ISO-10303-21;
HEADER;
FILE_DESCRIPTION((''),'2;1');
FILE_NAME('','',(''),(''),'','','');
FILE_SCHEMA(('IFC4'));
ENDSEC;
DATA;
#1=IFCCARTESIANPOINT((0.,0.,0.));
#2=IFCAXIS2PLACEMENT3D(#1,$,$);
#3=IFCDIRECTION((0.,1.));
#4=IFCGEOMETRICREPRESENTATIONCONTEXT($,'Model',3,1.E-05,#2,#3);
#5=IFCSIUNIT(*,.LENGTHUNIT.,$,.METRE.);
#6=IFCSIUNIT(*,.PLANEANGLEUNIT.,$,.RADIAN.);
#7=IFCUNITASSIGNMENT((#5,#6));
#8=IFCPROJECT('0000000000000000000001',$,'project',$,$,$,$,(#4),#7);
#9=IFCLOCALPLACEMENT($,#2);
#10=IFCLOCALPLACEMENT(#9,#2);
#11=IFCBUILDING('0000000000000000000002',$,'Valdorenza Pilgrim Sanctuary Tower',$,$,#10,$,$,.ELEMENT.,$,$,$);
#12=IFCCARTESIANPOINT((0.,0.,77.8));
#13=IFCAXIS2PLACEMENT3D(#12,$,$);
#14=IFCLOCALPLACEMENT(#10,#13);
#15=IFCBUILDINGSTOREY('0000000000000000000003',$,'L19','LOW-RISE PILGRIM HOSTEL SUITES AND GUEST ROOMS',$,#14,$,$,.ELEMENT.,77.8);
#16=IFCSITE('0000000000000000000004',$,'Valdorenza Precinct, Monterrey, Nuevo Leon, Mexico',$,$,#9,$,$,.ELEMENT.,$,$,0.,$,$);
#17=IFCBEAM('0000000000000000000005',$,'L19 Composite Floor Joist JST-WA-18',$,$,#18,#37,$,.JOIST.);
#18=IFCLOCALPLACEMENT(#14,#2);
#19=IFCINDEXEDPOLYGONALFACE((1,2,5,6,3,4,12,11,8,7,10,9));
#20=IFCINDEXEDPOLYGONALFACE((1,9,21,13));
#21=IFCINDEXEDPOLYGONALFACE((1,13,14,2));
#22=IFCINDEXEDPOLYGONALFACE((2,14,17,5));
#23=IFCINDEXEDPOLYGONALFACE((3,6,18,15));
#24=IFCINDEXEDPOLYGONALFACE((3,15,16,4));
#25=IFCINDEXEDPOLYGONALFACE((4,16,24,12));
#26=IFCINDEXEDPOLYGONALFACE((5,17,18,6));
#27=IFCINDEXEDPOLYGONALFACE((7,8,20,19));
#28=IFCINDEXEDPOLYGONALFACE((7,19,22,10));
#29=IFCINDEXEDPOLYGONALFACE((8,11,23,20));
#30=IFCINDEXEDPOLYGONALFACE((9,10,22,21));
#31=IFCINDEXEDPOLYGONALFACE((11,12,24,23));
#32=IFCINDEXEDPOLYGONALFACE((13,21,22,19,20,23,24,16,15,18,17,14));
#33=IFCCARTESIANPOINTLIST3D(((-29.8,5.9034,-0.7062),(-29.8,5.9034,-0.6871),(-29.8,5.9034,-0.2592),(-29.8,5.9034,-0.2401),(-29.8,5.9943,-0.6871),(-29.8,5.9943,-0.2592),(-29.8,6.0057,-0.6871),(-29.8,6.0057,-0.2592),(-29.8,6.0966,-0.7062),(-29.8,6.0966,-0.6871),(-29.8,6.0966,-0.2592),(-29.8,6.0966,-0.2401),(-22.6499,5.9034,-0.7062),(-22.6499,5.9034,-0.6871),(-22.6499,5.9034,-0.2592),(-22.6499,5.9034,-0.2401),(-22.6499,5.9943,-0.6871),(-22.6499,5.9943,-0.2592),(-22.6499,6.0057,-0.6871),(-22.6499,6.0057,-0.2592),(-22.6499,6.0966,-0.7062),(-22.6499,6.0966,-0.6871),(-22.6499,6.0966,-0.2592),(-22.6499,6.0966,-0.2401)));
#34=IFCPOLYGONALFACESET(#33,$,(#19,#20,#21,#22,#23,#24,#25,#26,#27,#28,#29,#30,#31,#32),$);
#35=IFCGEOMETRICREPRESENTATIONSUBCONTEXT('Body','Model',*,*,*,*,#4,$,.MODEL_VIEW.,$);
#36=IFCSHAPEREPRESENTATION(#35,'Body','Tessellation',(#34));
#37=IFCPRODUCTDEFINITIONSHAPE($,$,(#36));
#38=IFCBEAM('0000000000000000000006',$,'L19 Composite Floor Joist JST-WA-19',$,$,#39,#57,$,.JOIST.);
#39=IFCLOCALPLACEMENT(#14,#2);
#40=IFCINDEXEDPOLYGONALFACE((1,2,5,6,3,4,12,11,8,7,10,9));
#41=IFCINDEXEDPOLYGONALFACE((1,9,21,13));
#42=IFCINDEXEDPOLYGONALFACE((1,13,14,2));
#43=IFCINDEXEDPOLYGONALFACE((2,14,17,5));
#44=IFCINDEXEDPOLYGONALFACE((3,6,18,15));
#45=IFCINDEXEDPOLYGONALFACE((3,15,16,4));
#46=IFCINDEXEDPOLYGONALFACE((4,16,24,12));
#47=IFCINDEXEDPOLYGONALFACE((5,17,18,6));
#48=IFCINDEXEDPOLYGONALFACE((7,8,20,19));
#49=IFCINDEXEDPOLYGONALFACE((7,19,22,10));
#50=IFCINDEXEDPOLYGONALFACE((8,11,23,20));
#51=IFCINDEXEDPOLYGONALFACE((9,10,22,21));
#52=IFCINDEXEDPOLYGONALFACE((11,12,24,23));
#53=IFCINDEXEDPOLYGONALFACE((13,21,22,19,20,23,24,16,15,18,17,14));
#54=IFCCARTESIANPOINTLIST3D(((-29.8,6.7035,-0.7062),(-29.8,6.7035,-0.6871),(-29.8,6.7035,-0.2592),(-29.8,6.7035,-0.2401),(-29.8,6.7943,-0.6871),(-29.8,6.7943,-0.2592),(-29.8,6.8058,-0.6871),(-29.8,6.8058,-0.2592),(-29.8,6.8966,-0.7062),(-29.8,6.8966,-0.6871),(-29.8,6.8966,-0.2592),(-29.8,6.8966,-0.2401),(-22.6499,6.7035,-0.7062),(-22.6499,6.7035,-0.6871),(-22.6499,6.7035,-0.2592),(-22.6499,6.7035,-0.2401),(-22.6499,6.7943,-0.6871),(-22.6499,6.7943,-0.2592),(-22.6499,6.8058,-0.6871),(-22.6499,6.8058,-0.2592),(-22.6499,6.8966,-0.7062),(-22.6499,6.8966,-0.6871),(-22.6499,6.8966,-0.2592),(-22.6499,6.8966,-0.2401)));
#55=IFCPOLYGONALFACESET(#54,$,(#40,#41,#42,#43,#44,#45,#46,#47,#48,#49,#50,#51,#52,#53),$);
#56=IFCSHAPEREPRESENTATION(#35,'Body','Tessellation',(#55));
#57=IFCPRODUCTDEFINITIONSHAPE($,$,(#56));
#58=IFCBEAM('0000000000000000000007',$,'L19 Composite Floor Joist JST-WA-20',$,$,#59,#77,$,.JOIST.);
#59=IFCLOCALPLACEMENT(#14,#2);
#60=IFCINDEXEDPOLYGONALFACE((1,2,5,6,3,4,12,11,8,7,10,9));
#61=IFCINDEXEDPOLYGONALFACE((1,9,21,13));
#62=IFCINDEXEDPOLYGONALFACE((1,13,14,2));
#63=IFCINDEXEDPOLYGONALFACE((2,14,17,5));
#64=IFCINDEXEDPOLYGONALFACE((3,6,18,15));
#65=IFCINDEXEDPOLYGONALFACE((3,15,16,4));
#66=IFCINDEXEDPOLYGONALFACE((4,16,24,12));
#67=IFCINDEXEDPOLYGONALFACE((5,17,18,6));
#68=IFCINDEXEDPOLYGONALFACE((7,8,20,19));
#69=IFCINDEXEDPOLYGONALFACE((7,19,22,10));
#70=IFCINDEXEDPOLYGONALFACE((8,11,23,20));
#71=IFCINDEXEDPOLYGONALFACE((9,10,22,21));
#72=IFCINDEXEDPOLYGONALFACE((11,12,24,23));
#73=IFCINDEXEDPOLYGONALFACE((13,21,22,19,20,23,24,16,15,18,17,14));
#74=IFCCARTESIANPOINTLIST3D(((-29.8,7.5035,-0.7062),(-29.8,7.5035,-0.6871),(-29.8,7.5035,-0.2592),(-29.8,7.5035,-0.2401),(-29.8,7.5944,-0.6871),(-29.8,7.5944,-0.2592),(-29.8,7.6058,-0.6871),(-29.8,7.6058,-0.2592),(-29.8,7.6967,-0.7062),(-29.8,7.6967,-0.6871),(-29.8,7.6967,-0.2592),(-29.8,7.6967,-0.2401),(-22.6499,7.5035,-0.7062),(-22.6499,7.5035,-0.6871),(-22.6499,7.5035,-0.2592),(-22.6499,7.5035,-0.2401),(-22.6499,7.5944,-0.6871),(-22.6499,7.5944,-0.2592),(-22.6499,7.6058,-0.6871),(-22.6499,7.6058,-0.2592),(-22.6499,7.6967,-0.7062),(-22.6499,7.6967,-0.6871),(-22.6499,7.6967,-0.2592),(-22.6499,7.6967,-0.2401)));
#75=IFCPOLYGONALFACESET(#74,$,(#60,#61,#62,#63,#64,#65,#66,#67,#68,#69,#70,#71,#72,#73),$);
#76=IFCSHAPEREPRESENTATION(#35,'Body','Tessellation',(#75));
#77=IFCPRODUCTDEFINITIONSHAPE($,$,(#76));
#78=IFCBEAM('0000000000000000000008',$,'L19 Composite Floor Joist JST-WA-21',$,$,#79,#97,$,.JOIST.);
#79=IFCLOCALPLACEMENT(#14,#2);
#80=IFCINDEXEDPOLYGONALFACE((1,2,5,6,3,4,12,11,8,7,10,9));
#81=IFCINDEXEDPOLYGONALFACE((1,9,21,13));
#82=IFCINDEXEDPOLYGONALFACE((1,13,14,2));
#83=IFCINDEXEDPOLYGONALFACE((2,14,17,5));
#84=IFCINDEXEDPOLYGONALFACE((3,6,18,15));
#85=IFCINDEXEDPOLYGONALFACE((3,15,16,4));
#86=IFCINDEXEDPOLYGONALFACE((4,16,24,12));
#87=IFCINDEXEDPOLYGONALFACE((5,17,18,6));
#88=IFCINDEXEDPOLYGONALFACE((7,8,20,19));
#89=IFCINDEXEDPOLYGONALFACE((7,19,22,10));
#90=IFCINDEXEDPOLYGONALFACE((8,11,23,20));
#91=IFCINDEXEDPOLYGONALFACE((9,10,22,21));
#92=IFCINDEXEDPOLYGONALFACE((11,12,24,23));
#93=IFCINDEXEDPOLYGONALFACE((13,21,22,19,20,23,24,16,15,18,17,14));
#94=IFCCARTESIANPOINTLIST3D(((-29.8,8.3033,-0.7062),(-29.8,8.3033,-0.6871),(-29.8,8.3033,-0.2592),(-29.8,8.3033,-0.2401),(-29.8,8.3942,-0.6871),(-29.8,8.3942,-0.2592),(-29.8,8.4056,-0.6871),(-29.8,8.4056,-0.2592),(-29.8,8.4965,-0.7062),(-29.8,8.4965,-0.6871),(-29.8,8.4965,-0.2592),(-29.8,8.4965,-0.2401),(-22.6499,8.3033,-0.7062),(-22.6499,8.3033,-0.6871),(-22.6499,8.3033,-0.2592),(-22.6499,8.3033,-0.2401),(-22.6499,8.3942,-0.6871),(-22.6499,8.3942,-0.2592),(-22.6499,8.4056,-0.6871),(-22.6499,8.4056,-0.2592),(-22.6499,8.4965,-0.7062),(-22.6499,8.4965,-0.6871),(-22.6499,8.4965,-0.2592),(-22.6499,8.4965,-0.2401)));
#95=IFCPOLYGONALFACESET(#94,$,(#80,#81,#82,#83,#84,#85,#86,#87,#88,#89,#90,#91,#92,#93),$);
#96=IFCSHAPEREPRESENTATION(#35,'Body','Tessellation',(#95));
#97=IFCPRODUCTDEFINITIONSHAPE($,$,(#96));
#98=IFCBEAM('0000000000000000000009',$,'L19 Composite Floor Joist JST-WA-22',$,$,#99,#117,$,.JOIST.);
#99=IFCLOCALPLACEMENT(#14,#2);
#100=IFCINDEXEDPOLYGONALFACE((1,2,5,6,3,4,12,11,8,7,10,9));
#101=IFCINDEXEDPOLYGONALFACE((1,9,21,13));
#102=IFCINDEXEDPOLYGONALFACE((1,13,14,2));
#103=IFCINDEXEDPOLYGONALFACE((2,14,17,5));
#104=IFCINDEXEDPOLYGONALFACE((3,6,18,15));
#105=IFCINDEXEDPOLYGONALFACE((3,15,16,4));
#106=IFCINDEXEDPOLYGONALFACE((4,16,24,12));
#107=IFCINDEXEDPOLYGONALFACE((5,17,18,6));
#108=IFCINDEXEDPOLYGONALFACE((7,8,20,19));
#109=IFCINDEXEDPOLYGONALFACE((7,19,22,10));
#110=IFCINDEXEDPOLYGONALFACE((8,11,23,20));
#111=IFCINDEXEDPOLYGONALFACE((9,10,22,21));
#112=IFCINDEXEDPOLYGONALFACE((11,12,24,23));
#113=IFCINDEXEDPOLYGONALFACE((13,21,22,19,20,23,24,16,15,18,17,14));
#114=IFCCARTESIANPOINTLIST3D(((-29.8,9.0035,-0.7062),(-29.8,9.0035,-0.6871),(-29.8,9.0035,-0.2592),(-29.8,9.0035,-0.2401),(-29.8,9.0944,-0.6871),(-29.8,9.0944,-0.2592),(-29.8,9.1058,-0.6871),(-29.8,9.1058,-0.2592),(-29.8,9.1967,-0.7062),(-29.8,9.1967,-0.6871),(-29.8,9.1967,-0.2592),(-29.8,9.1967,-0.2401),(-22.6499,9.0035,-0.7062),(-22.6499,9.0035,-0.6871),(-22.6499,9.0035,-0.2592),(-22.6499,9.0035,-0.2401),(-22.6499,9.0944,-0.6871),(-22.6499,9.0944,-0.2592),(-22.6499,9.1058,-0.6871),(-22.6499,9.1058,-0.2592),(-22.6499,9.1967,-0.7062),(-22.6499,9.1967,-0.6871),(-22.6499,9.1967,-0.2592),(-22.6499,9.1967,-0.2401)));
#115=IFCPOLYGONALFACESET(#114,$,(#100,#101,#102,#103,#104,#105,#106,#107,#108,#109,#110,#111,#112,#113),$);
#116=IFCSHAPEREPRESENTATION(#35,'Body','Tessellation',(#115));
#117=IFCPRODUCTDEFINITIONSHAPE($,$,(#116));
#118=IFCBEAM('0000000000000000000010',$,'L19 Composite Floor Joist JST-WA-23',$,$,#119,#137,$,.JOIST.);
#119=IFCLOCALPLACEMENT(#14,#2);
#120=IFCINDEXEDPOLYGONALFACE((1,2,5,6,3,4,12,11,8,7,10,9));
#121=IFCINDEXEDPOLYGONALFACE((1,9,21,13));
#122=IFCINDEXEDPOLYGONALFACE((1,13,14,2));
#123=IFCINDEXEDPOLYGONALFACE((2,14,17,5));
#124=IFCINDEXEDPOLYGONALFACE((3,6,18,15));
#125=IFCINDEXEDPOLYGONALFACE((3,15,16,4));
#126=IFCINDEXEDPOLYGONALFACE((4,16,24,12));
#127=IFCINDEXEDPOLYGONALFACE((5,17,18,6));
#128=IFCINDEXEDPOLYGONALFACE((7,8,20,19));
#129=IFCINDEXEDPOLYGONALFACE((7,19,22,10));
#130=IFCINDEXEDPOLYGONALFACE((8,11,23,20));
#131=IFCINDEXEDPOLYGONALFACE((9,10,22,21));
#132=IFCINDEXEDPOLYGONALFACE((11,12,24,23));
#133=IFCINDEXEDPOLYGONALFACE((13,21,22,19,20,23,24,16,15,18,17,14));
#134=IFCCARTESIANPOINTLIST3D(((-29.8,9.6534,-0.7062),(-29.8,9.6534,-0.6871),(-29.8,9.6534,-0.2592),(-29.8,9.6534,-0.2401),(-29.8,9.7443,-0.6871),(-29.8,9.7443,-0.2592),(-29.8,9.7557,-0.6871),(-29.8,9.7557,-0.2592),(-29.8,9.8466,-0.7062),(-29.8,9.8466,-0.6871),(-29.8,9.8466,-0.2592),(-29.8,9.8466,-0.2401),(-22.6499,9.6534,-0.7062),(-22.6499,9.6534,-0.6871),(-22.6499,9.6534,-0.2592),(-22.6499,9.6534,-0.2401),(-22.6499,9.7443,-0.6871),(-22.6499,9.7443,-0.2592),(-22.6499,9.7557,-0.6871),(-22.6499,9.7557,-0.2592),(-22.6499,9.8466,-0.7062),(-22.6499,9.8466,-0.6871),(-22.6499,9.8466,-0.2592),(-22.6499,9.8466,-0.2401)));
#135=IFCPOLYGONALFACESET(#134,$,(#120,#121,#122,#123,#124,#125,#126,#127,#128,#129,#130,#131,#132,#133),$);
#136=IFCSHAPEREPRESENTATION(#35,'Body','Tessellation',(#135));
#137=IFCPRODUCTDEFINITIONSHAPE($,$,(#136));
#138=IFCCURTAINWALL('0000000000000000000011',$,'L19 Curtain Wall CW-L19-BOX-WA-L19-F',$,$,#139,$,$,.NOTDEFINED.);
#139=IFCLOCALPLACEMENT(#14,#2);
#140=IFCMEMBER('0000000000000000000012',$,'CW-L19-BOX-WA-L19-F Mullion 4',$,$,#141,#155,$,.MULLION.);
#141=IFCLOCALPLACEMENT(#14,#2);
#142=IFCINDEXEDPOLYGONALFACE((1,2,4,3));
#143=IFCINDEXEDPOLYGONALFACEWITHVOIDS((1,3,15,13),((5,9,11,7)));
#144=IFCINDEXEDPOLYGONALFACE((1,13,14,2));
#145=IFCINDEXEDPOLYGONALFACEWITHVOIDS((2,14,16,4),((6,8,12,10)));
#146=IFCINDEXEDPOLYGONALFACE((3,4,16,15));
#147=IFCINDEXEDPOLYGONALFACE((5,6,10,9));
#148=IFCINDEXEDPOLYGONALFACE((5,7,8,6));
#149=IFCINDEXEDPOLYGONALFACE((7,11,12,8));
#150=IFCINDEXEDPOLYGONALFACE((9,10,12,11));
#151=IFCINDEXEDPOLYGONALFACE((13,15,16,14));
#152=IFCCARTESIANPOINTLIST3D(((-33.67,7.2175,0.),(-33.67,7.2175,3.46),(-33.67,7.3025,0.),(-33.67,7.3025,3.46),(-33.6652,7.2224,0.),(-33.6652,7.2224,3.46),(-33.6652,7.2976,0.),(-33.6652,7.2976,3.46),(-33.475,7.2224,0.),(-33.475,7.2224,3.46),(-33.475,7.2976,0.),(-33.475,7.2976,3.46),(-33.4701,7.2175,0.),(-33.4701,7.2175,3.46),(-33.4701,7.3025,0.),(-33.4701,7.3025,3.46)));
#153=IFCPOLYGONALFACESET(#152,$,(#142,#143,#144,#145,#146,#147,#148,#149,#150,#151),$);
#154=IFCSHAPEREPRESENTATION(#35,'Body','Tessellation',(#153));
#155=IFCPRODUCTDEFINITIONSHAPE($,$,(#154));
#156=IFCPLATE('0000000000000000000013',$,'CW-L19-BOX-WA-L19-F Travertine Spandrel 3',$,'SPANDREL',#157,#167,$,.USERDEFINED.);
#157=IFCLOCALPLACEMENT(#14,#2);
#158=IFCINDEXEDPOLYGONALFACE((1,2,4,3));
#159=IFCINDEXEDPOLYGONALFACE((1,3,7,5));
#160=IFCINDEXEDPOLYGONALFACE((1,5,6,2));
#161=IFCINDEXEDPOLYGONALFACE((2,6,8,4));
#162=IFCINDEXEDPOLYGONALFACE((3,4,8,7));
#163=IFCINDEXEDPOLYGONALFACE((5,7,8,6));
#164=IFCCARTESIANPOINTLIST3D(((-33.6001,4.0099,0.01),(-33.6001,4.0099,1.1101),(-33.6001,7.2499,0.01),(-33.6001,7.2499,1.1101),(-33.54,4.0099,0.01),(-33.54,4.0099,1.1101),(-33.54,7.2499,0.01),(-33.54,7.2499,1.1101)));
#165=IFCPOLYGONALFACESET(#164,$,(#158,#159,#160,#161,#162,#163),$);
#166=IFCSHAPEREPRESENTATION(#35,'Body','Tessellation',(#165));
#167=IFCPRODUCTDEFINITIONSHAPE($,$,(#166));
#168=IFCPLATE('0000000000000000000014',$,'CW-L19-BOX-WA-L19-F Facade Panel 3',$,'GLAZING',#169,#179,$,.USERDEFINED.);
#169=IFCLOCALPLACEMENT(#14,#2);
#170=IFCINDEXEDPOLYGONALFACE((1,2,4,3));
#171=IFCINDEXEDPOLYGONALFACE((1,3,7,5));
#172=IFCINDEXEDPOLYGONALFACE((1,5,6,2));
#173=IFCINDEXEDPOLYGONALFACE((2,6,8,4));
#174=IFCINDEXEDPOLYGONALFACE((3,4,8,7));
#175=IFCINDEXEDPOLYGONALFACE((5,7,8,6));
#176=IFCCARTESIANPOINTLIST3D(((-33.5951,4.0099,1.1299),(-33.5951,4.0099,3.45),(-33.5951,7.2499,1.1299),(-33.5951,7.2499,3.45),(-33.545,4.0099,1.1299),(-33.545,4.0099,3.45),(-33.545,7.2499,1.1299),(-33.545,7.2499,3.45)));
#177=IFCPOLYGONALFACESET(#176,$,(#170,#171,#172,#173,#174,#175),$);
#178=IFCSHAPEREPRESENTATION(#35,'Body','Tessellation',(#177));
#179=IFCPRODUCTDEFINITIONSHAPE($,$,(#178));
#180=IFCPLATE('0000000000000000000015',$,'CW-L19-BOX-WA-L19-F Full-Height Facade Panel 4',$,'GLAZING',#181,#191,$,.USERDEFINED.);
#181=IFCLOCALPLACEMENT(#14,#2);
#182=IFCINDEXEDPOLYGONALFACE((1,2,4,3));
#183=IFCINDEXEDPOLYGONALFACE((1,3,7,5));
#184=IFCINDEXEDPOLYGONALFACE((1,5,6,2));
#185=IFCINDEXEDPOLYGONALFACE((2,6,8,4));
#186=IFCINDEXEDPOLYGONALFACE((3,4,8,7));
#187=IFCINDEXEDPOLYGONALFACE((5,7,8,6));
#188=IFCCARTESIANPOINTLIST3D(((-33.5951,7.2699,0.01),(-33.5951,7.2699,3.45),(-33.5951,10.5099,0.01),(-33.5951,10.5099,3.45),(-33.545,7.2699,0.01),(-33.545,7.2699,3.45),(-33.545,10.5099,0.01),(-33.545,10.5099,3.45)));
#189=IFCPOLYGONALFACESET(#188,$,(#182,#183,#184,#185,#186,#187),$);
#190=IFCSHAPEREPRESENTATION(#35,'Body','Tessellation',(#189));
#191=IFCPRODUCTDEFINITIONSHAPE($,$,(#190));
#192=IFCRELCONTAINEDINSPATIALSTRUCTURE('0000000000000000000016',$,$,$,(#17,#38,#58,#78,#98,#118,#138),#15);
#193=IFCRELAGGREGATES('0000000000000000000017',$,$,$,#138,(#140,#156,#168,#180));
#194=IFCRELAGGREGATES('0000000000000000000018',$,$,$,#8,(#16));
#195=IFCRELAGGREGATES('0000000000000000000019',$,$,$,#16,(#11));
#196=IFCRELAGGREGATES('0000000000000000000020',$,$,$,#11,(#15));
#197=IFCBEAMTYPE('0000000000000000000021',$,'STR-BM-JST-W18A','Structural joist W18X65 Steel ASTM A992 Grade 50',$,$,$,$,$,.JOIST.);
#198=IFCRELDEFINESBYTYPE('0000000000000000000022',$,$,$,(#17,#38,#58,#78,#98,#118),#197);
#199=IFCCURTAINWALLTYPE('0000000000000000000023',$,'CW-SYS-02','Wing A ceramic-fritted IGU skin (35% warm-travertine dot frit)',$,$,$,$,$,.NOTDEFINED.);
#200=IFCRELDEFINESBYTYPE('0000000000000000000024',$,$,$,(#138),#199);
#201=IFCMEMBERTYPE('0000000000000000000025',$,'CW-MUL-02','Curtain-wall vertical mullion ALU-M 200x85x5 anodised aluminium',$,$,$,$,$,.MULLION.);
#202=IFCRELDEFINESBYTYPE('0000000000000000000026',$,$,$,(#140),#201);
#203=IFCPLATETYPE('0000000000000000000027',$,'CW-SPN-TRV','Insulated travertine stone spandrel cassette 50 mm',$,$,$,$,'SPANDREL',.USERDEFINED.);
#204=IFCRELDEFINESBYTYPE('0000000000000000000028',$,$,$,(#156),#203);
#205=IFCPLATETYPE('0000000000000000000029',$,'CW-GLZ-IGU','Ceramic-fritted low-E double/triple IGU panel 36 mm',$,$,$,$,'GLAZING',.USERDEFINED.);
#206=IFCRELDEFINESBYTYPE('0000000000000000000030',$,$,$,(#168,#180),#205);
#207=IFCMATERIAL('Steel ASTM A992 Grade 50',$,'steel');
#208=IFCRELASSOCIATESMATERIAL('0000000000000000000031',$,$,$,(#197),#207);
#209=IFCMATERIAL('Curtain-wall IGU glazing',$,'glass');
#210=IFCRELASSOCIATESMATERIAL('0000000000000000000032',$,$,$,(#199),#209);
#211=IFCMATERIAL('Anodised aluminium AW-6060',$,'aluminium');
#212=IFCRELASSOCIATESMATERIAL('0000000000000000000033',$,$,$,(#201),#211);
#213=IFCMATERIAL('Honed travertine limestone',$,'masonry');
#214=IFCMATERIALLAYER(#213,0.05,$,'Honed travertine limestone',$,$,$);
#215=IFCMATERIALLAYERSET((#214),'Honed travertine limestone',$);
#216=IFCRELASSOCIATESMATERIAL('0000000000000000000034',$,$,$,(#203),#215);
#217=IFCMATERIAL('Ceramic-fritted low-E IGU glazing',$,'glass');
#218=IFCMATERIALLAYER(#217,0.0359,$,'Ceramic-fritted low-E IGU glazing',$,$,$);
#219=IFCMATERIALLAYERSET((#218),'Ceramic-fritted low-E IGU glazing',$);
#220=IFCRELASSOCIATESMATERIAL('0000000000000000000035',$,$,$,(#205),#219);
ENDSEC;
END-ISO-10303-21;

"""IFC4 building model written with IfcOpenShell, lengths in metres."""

from ifc_helpers import new_model, si_unit, direction, frame, origin, origin_2d, place, context, subcontext, project, spatial, rectangle, hollow_rectangle, i_section, extrude, source, transform, mapped, material, layer, layer_set, material_profile, profile_set, type_object, element, aggregate, save


model = new_model("IFC4")

# Units and contexts
model_context = context("Model", 3, precision=1e-05, world=origin(), true_north=direction((0.0, 1.0)))
body_context = subcontext(model_context, "Body", "Model", "MODEL_VIEW")
ifc_project = project(units=[si_unit("LENGTHUNIT", "METRE"), si_unit("PLANEANGLEUNIT", "RADIAN")], contexts=[model_context])

# Site, building, storey
site_placement = place(None, origin())
site = spatial("IfcSite", under=ifc_project, at=site_placement, Name="Valdorenza Precinct, Monterrey, Nuevo Leon, Mexico", CompositionType="ELEMENT", RefElevation=0.0)
building_placement = place(site_placement, origin())
building = spatial("IfcBuilding", under=site, at=building_placement, Name="Valdorenza Pilgrim Sanctuary Tower", CompositionType="ELEMENT")
storey_placement = place(building_placement, frame((0.0, 0.0, 77.8)))
storey = spatial("IfcBuildingStorey", under=building, at=storey_placement, Name="L19", Description="LOW-RISE PILGRIM HOSTEL SUITES AND GUEST ROOMS", CompositionType="ELEMENT", Elevation=77.8)

# Beams
ifc_material_1 = material(Name="Steel ASTM A992 Grade 50", Category="steel")
ifc_material_profile_1 = material_profile(ifc_material_1, i_section(OverallWidth=0.1931, OverallDepth=0.4661, WebThickness=0.0115, FlangeThickness=0.019, at=origin_2d()), Name="W18X65")
ifc_profile_set_1 = profile_set([ifc_material_profile_1], Name="Steel ASTM A992 Grade 50")
beam_type = type_object("IfcBeamType", Name="STR-BM-JST-W18A", Description="Structural joist W18X65 Steel ASTM A992 Grade 50", PredefinedType="JOIST", material=ifc_profile_set_1)
shared_shape_1 = source(origin(), body_context, "Body", "SweptSolid", [
    extrude(i_section(OverallWidth=0.1931, OverallDepth=0.4661, WebThickness=0.0115, FlangeThickness=0.019, at=origin_2d()), origin(), (0.0, 0.0, 1.0), 7.1501),
])
for number, where, z_axis, x_axis, name in (
    (1, (-29.8, 6.0, -0.4731), (1.0, 0.0, 0.0), (0.0, 1.0, 0.0), "L19 Composite Floor Joist JST-WA-18"),
    (2, (-29.8, 6.8, -0.4731), (1.0, 0.0, 0.0), (0.0, 1.0, 0.0), "L19 Composite Floor Joist JST-WA-19"),
    (3, (-29.8, 7.6001, -0.4731), (1.0, 0.0, 0.0), (0.0, 1.0, 0.0), "L19 Composite Floor Joist JST-WA-20"),
    (4, (-29.8, 8.3999, -0.4731), (1.0, 0.0, 0.0), (0.0, 1.0, 0.0), "L19 Composite Floor Joist JST-WA-21"),
    (5, (-29.8, 9.1001, -0.4731), (1.0, 0.0, 0.0), (0.0, 1.0, 0.0), "L19 Composite Floor Joist JST-WA-22"),
    (6, (-29.8, 9.75, -0.4731), (1.0, 0.0, 0.0), (0.0, 1.0, 0.0), "L19 Composite Floor Joist JST-WA-23"),
):
    element("IfcBeam", number, at=place(storey_placement, frame(where, z_axis=z_axis, x_axis=x_axis)), inside=storey, type_object=beam_type, Name=name, PredefinedType="JOIST", context=body_context, shape_type="MappedRepresentation", body=[
        mapped(shared_shape_1, transform((0.0, 0.0, 0.0), x_axis=(1.0, 0.0, 0.0), y_axis=(0.0, 1.0, 0.0), z_axis=(0.0, 0.0, 1.0), scale=1.0)),
    ])

# Curtain wall, member, plates
ifc_material_2 = material(Name="Curtain-wall IGU glazing", Category="glass")
curtain_wall_type = type_object("IfcCurtainWallType", Name="CW-SYS-02", Description="Wing A ceramic-fritted IGU skin (35% warm-travertine dot frit)", PredefinedType="NOTDEFINED", material=ifc_material_2)
curtain_wall_placement = place(storey_placement, origin())
curtain_wall = element("IfcCurtainWall", 7, at=curtain_wall_placement, inside=storey, type_object=curtain_wall_type, Name="L19 Curtain Wall CW-L19-BOX-WA-L19-F", PredefinedType="NOTDEFINED")
ifc_material_3 = material(Name="Anodised aluminium AW-6060", Category="aluminium")
ifc_material_profile_2 = material_profile(ifc_material_3, hollow_rectangle(XDim=0.085, YDim=0.2, WallThickness=0.0049, at=origin_2d()), Name="ALU-M 200x85x5")
ifc_profile_set_2 = profile_set([ifc_material_profile_2], Name="Anodised aluminium AW-6060")
member_type = type_object("IfcMemberType", Name="CW-MUL-02", Description="Curtain-wall vertical mullion ALU-M 200x85x5 anodised aluminium", PredefinedType="MULLION", material=ifc_profile_set_2)
shared_shape_2 = source(origin(), body_context, "Body", "SweptSolid", [
    extrude(hollow_rectangle(XDim=0.085, YDim=0.2, WallThickness=0.0049, at=origin_2d()), origin(), (0.0, 0.0, 1.0), 3.46),
])
member_placement = place(storey_placement, frame((-33.5701, 7.26, 0.0), z_axis=(0.0, 0.0, 1.0), x_axis=(0.0, 1.0, 0.0)))
member = element("IfcMember", 8, at=member_placement, type_object=member_type, Name="CW-L19-BOX-WA-L19-F Mullion 4", PredefinedType="MULLION", context=body_context, shape_type="MappedRepresentation", body=[
    mapped(shared_shape_2, transform((0.0, 0.0, 0.0), x_axis=(1.0, 0.0, 0.0), y_axis=(0.0, 1.0, 0.0), z_axis=(0.0, 0.0, 1.0), scale=1.0)),
])
ifc_material_4 = material(Name="Honed travertine limestone", Category="masonry")
ifc_layer_1 = layer(ifc_material_4, 0.05, Name="Honed travertine limestone")
ifc_layer_set_1 = layer_set([ifc_layer_1], Name="Honed travertine limestone")
plate_type_1 = type_object("IfcPlateType", Name="CW-SPN-TRV", Description="Insulated travertine stone spandrel cassette 50 mm", ElementType="SPANDREL", PredefinedType="USERDEFINED", material=ifc_layer_set_1)
shared_shape_3 = source(origin(), body_context, "Body", "SweptSolid", [
    extrude(rectangle(XDim=3.24, YDim=0.0601, at=origin_2d()), origin(), (0.0, 0.0, 1.0), 1.1001),
])
plate_1_placement = place(storey_placement, frame((-33.5701, 5.6299, 0.01), z_axis=(0.0, 0.0, 1.0), x_axis=(0.0, 1.0, 0.0)))
plate_1 = element("IfcPlate", 9, at=plate_1_placement, type_object=plate_type_1, Name="CW-L19-BOX-WA-L19-F Travertine Spandrel 3", ObjectType="SPANDREL", PredefinedType="USERDEFINED", context=body_context, shape_type="MappedRepresentation", body=[
    mapped(shared_shape_3, transform((0.0, 0.0, 0.0), x_axis=(1.0, 0.0, 0.0), y_axis=(0.0, 1.0, 0.0), z_axis=(0.0, 0.0, 1.0), scale=1.0)),
])
ifc_material_5 = material(Name="Ceramic-fritted low-E IGU glazing", Category="glass")
ifc_layer_2 = layer(ifc_material_5, 0.0359, Name="Ceramic-fritted low-E IGU glazing")
ifc_layer_set_2 = layer_set([ifc_layer_2], Name="Ceramic-fritted low-E IGU glazing")
plate_type_2 = type_object("IfcPlateType", Name="CW-GLZ-IGU", Description="Ceramic-fritted low-E double/triple IGU panel 36 mm", ElementType="GLAZING", PredefinedType="USERDEFINED", material=ifc_layer_set_2)
shared_shape_4 = source(origin(), body_context, "Body", "SweptSolid", [
    extrude(rectangle(XDim=3.24, YDim=0.05, at=origin_2d()), origin(), (0.0, 0.0, 1.0), 2.3201),
])
plate_2_placement = place(storey_placement, frame((-33.5701, 5.6299, 1.1299), z_axis=(0.0, 0.0, 1.0), x_axis=(0.0, 1.0, 0.0)))
plate_2 = element("IfcPlate", 10, at=plate_2_placement, type_object=plate_type_2, Name="CW-L19-BOX-WA-L19-F Facade Panel 3", ObjectType="GLAZING", PredefinedType="USERDEFINED", context=body_context, shape_type="MappedRepresentation", body=[
    mapped(shared_shape_4, transform((0.0, 0.0, 0.0), x_axis=(1.0, 0.0, 0.0), y_axis=(0.0, 1.0, 0.0), z_axis=(0.0, 0.0, 1.0), scale=1.0)),
])
shared_shape_5 = source(origin(), body_context, "Body", "SweptSolid", [
    extrude(rectangle(XDim=3.24, YDim=0.05, at=origin_2d()), origin(), (0.0, 0.0, 1.0), 3.4399),
])
plate_3_placement = place(storey_placement, frame((-33.5701, 8.8899, 0.01), z_axis=(0.0, 0.0, 1.0), x_axis=(0.0, 1.0, 0.0)))
plate_3 = element("IfcPlate", 11, at=plate_3_placement, type_object=plate_type_2, Name="CW-L19-BOX-WA-L19-F Full-Height Facade Panel 4", ObjectType="GLAZING", PredefinedType="USERDEFINED", context=body_context, shape_type="MappedRepresentation", body=[
    mapped(shared_shape_5, transform((0.0, 0.0, 0.0), x_axis=(1.0, 0.0, 0.0), y_axis=(0.0, 1.0, 0.0), z_axis=(0.0, 0.0, 1.0), scale=1.0)),
])
aggregate(curtain_wall, [member, plate_1, plate_2, plate_3])

save(model, "model.ifc")
